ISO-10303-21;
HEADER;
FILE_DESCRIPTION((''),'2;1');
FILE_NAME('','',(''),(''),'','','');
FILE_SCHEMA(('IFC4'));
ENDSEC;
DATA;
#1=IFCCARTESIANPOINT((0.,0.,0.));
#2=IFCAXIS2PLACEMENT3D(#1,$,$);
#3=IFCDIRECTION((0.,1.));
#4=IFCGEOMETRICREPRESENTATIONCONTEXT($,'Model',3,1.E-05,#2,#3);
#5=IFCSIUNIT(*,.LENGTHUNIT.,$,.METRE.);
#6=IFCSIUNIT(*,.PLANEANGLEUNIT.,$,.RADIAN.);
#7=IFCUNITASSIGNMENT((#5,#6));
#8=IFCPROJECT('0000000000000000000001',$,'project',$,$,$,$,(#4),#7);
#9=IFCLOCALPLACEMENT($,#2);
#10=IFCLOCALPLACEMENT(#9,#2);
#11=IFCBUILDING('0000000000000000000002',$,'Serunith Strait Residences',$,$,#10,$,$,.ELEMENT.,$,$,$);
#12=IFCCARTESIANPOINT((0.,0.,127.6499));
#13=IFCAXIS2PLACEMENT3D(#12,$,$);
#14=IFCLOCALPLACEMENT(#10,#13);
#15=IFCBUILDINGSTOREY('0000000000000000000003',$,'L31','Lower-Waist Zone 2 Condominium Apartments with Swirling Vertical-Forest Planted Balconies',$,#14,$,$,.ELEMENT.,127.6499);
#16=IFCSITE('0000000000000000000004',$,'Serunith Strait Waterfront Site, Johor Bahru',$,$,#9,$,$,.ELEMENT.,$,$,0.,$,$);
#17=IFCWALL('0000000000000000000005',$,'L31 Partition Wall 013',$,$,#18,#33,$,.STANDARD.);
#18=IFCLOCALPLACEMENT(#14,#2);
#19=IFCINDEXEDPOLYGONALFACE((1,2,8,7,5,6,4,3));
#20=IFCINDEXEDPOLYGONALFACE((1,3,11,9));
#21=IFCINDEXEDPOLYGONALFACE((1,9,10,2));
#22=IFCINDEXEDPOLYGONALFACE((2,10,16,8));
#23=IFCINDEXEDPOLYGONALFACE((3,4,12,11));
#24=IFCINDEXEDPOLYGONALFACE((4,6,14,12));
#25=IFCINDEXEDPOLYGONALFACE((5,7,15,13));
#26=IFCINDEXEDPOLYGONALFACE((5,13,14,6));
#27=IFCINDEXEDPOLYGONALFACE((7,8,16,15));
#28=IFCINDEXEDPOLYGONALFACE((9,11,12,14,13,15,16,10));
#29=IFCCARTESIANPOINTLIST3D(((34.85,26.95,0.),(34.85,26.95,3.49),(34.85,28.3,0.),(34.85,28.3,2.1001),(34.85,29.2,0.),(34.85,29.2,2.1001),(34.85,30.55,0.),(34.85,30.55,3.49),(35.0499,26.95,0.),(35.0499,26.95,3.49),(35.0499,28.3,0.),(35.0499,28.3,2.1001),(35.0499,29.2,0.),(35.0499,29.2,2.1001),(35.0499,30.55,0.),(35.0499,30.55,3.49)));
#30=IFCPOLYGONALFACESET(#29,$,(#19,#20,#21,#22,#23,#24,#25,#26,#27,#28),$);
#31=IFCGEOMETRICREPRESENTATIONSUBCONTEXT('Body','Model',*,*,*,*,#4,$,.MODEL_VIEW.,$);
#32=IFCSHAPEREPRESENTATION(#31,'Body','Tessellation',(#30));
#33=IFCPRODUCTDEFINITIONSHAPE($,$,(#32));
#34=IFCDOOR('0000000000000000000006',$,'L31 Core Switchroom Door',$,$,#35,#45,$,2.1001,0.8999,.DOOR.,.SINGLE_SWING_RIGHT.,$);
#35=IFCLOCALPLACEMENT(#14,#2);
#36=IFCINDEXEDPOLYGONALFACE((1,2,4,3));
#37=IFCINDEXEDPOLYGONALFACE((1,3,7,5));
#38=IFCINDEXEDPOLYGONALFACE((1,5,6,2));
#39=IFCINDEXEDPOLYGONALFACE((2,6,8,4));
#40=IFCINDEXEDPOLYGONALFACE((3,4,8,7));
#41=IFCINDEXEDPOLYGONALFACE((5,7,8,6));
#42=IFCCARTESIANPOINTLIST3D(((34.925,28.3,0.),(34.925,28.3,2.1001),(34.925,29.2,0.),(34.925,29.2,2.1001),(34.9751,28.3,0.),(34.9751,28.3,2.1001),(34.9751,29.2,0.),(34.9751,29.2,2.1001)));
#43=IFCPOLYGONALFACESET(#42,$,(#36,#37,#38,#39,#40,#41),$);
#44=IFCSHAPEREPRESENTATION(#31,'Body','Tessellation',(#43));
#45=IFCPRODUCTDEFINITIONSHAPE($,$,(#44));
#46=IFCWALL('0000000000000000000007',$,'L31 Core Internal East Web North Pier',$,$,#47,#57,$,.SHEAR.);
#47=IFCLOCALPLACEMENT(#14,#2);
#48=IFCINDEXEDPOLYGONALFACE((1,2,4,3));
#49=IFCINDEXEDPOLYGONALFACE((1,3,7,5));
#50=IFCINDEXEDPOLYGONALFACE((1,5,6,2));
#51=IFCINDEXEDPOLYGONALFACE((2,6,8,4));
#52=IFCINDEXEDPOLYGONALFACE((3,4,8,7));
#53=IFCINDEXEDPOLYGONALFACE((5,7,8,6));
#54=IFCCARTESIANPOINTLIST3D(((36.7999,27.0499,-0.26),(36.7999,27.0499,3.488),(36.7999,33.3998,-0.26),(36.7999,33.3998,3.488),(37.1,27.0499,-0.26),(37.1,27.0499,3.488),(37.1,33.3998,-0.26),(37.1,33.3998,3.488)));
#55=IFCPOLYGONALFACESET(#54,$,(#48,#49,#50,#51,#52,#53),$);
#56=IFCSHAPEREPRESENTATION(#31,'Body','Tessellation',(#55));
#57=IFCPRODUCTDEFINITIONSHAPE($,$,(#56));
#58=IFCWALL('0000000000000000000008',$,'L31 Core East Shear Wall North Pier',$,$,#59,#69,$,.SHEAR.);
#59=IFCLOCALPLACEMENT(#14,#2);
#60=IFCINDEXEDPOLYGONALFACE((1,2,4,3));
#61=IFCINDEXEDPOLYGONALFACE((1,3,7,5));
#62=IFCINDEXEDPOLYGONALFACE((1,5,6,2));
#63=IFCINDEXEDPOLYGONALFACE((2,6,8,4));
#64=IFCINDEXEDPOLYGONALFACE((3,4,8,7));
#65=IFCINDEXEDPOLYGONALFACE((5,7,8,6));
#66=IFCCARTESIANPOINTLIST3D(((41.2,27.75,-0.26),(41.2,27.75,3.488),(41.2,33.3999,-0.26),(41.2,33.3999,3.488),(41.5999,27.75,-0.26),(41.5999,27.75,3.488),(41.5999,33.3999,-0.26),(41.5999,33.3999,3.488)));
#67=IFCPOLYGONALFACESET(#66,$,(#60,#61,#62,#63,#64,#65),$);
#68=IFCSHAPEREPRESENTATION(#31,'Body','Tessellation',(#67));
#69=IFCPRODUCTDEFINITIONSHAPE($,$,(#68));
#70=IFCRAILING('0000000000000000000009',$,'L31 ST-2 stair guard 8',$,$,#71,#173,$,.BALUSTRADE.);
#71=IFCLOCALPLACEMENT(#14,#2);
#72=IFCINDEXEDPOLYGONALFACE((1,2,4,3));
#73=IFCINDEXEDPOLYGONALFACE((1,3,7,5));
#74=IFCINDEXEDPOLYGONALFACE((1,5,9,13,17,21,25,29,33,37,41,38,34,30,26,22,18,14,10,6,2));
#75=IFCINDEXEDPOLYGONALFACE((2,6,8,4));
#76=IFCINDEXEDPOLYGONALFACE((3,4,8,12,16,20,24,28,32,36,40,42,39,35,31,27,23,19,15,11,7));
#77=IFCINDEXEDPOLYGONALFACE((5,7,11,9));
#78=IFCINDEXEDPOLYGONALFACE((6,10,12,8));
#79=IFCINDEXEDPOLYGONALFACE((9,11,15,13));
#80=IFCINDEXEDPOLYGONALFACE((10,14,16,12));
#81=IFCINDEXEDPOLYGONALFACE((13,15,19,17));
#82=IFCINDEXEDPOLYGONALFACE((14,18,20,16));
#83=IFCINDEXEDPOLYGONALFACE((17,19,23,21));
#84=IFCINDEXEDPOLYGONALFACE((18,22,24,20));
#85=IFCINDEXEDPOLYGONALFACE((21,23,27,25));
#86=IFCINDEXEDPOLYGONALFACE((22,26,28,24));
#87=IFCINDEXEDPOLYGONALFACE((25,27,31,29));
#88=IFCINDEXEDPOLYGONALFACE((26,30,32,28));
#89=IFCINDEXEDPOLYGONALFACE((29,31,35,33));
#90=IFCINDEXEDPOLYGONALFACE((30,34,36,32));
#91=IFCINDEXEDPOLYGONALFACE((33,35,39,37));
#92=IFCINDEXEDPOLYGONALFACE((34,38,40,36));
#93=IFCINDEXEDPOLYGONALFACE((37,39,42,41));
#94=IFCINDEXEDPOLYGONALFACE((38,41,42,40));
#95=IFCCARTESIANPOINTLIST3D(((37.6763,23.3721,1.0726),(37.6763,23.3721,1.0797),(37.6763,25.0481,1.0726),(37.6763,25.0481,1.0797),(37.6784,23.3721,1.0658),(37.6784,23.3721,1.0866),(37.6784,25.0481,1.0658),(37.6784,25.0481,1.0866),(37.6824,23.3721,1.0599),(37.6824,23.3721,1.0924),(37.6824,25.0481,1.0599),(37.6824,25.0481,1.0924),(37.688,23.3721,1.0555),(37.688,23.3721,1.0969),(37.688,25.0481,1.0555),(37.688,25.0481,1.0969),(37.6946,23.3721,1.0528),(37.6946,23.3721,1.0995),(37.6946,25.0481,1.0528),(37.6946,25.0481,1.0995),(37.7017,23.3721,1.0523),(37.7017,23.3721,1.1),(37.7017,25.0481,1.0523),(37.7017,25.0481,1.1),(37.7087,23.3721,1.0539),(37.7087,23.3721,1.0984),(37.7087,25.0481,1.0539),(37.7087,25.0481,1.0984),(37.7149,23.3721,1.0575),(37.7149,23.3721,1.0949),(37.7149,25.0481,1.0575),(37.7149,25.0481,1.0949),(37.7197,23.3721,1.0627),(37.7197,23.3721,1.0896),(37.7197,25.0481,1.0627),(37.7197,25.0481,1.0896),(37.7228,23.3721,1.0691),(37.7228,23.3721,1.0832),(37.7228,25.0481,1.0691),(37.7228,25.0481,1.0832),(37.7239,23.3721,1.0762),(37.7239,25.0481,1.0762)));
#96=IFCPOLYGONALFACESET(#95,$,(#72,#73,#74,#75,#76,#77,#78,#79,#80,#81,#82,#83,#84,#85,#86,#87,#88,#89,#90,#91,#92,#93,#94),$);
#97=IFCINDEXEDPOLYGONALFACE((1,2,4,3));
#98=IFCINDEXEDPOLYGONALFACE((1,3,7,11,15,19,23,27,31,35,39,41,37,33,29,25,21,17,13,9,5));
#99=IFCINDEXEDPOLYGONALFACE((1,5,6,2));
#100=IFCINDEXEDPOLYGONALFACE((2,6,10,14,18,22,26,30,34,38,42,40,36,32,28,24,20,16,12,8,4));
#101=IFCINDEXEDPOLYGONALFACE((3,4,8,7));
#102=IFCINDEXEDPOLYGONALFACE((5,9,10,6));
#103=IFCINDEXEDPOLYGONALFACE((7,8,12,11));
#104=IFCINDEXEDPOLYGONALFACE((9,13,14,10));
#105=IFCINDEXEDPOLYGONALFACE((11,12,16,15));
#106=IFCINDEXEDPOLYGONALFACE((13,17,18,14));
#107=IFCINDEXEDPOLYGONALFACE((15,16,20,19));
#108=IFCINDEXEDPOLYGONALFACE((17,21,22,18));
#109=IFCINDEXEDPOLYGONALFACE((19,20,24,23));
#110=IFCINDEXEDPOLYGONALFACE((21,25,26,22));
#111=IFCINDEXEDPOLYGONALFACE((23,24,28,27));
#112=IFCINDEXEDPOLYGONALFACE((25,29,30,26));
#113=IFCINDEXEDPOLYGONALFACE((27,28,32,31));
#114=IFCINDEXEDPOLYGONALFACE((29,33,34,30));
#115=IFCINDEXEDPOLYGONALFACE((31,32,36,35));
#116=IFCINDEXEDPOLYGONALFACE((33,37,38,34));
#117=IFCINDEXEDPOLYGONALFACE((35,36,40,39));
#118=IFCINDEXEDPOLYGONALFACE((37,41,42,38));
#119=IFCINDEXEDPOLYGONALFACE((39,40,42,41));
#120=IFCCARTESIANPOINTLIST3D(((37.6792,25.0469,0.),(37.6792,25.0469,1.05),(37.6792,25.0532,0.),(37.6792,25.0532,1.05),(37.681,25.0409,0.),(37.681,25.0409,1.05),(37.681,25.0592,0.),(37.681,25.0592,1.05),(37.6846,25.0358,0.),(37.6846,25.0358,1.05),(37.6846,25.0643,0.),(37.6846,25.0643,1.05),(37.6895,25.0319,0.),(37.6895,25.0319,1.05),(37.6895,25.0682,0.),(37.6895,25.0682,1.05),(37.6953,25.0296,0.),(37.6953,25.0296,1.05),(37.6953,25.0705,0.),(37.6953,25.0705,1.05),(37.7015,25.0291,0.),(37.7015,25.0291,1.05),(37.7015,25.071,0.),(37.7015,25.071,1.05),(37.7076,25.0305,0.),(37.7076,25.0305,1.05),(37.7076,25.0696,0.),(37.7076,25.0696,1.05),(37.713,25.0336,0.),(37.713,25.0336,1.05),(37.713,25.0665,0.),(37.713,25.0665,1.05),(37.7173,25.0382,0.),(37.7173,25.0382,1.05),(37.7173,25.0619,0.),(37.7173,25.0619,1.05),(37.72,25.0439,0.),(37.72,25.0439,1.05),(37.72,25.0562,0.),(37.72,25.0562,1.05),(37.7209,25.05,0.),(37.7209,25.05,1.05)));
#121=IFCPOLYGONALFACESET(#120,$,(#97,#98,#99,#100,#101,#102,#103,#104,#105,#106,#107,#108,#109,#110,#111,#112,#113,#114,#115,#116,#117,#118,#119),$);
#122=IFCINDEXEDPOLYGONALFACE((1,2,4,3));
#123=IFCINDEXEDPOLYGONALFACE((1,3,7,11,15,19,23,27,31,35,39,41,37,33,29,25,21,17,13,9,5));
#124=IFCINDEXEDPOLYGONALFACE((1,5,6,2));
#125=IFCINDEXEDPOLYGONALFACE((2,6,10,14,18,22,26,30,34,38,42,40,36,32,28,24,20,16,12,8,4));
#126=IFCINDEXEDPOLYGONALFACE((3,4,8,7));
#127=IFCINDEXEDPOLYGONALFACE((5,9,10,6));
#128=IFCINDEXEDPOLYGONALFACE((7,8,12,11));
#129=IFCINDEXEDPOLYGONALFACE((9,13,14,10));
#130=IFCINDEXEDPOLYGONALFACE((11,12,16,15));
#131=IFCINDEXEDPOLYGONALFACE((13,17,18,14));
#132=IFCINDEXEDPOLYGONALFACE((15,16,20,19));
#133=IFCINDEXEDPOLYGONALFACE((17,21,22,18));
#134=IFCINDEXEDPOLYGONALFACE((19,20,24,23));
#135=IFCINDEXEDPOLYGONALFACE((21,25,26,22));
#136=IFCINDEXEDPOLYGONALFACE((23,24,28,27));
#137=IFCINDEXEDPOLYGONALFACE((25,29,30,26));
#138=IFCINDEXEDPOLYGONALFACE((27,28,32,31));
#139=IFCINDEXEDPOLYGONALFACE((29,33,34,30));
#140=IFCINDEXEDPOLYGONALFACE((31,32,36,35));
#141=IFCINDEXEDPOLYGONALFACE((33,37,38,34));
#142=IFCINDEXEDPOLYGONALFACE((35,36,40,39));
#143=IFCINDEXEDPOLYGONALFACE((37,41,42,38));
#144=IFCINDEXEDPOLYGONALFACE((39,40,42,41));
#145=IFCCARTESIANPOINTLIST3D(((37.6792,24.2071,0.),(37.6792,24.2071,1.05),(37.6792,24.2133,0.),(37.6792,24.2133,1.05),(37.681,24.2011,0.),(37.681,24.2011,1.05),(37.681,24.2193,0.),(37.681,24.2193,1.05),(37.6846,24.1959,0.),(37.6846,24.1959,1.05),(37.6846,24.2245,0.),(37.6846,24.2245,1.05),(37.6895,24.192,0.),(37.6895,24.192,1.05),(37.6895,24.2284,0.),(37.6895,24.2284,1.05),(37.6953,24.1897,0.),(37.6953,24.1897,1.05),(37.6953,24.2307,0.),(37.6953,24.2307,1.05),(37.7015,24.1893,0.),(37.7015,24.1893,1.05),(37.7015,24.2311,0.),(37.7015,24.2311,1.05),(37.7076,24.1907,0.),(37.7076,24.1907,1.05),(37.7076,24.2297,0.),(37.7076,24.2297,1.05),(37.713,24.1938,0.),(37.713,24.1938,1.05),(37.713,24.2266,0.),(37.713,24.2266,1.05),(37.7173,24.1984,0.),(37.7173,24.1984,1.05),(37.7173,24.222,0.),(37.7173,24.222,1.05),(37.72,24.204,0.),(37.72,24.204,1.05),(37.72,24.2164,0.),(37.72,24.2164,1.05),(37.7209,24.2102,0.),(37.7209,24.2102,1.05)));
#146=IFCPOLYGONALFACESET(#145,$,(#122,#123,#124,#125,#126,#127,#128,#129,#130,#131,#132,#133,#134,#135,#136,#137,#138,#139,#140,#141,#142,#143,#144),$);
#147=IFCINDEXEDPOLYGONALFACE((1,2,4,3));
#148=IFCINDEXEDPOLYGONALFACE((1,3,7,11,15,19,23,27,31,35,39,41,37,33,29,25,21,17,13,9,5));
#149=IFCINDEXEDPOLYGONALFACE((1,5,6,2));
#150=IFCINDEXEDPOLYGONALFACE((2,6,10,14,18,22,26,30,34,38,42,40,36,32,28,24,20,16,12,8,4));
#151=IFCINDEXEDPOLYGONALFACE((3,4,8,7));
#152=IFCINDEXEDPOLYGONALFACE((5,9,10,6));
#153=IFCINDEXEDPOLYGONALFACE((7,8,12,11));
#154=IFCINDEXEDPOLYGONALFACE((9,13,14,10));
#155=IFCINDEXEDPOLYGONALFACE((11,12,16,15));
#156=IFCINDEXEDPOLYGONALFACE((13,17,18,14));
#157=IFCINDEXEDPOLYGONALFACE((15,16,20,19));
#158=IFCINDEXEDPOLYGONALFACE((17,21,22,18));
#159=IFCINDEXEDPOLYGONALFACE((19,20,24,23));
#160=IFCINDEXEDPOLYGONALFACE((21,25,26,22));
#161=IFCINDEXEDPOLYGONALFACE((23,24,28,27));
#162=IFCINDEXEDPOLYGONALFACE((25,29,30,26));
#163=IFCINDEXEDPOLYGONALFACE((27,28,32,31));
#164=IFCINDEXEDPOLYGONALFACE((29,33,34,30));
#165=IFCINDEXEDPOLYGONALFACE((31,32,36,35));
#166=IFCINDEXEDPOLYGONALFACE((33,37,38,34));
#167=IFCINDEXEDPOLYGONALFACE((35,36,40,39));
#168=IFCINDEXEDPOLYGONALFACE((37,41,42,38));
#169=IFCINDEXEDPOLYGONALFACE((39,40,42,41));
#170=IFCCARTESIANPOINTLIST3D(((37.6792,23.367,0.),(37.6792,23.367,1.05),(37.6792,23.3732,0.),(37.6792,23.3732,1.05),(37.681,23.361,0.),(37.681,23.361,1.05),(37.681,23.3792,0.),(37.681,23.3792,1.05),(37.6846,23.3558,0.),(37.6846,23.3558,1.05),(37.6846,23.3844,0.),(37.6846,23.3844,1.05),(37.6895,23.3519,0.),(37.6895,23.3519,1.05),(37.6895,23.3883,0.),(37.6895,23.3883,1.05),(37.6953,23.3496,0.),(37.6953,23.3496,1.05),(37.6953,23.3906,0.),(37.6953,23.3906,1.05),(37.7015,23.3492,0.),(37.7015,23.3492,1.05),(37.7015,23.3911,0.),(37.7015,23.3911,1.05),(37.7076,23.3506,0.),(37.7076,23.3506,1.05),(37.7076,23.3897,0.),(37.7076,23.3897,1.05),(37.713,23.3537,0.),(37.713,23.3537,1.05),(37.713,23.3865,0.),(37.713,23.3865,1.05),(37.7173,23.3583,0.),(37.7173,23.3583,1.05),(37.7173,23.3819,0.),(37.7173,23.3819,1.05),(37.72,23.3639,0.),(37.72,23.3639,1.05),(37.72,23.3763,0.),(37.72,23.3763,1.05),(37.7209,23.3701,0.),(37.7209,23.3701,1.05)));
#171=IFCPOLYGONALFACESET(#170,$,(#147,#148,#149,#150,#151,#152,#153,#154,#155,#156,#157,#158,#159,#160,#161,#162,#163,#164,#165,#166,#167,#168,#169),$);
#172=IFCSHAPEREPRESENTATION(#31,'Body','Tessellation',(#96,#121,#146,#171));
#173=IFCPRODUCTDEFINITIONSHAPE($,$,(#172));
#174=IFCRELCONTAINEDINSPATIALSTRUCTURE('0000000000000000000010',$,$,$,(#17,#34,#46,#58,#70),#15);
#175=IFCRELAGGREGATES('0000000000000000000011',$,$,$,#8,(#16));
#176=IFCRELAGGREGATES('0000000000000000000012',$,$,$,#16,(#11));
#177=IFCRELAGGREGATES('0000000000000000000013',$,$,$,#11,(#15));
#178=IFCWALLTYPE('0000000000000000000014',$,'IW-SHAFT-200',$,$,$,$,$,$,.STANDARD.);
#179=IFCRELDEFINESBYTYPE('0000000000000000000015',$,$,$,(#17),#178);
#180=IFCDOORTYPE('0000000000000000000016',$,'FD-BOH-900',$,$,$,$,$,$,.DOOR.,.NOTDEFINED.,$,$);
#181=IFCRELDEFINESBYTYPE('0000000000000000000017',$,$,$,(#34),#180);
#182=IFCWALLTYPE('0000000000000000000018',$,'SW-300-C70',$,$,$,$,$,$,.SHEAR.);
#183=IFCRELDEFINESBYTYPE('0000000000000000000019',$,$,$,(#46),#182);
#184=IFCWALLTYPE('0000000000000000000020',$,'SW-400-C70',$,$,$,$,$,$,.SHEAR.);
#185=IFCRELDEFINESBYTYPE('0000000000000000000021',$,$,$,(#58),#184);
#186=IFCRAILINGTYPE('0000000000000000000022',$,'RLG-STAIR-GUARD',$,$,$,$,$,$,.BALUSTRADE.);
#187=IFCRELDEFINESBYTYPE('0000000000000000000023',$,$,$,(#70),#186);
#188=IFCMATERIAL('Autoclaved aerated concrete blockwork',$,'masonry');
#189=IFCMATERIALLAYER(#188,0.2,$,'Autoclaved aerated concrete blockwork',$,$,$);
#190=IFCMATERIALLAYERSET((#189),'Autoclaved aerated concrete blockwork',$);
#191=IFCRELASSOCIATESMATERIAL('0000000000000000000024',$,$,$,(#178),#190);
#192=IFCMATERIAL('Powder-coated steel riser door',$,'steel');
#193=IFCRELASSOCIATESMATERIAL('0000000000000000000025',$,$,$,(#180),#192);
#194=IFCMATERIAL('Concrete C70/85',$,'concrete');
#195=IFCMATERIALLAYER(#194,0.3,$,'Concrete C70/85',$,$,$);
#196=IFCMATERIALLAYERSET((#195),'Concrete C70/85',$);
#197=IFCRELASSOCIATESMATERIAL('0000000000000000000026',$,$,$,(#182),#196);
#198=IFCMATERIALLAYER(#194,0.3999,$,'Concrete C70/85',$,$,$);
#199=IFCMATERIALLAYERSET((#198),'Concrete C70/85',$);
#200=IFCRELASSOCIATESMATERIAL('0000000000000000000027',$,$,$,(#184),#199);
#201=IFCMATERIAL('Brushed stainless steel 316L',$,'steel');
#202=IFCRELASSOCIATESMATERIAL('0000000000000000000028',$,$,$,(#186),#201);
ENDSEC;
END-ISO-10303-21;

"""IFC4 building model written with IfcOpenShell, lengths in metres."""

from ifc_helpers import new_model, si_unit, direction, frame, frame_2d, origin, origin_2d, place, context, subcontext, project, spatial, rectangle, circle, extrude, source, transform, mapped, material, layer, layer_set, type_object, element, fill, save


model = new_model("IFC4")

# Units and contexts
model_context = context("Model", 3, precision=1e-05, world=origin(), true_north=direction((0.0, 1.0)))
body_context = subcontext(model_context, "Body", "Model", "MODEL_VIEW")
ifc_project = project(units=[si_unit("LENGTHUNIT", "METRE"), si_unit("PLANEANGLEUNIT", "RADIAN")], contexts=[model_context])

# Site, building, storey
site_placement = place(None, origin())
site = spatial("IfcSite", under=ifc_project, at=site_placement, Name="Serunith Strait Waterfront Site, Johor Bahru", CompositionType="ELEMENT", RefElevation=0.0)
building_placement = place(site_placement, origin())
building = spatial("IfcBuilding", under=site, at=building_placement, Name="Serunith Strait Residences", CompositionType="ELEMENT")
storey_placement = place(building_placement, frame((0.0, 0.0, 127.6499)))
storey = spatial("IfcBuildingStorey", under=building, at=storey_placement, Name="L31", Description="Lower-Waist Zone 2 Condominium Apartments with Swirling Vertical-Forest Planted Balconies", CompositionType="ELEMENT", Elevation=127.6499)

# Shared definitions
ifc_material_1 = material(Name="Autoclaved aerated concrete blockwork", Category="masonry")
ifc_layer_1 = layer(ifc_material_1, 0.2, Name="Autoclaved aerated concrete blockwork")
ifc_layer_set_1 = layer_set([ifc_layer_1], Name="Autoclaved aerated concrete blockwork")
wall_type_1 = type_object("IfcWallType", Name="IW-SHAFT-200", PredefinedType="STANDARD", material=ifc_layer_set_1)

# Wall, opening, door
wall_1_placement = place(storey_placement, frame((34.95, 26.95, 0.0), z_axis=(0.0, 0.0, 1.0), x_axis=(0.0, 1.0, 0.0)))
wall_1 = element("IfcWall", 1, at=wall_1_placement, inside=storey, type_object=wall_type_1, Name="L31 Partition Wall 013", PredefinedType="STANDARD", context=body_context, shape_type="SweptSolid", body=[
    extrude(rectangle(XDim=3.6001, YDim=0.2, at=frame_2d((1.8, 0.0))), origin(), (0.0, 0.0, 1.0), 3.49),
])
opening_1_placement = place(wall_1_placement, frame((1.3501, 0.0, 0.0)))
opening_1 = element("IfcOpeningElement", 2, at=opening_1_placement, cuts=wall_1, PredefinedType="OPENING", context=body_context, shape_type="SweptSolid", body=[
    extrude(rectangle(XDim=0.8999, YDim=2.1001, at=frame_2d((0.45, 1.05))), frame((0.0, 0.1099, 0.0), z_axis=(0.0, -1.0, 0.0), x_axis=(1.0, 0.0, 0.0)), (0.0, 0.0, 1.0), 0.22),
])
ifc_material_2 = material(Name="Powder-coated steel riser door", Category="steel")
door_type_1 = type_object("IfcDoorType", Name="FD-BOH-900", OperationType="NOTDEFINED", PredefinedType="DOOR", material=ifc_material_2)
shared_shape_1 = source(origin(), body_context, "Body", "SweptSolid", [
    extrude(rectangle(XDim=0.8999, YDim=2.1001, at=frame_2d((0.45, 1.05))), frame((0.0, 0.0249, 0.0), z_axis=(0.0, -1.0, 0.0), x_axis=(1.0, 0.0, 0.0)), (0.0, 0.0, 1.0), 0.05),
])
door_1_placement = place(opening_1_placement, origin())
door_1 = element("IfcDoor", 3, at=door_1_placement, inside=storey, type_object=door_type_1, Name="L31 Core Switchroom Door", OperationType="SINGLE_SWING_RIGHT", OverallHeight=2.1001, OverallWidth=0.8999, PredefinedType="DOOR", context=body_context, shape_type="MappedRepresentation", body=[
    mapped(shared_shape_1, transform((0.0, 0.0, 0.0), scale=1.0)),
])
fill(opening_1, door_1)

# Walls
ifc_material_3 = material(Name="Concrete C70/85", Category="concrete")
ifc_layer_2 = layer(ifc_material_3, 0.3, Name="Concrete C70/85")
ifc_layer_set_2 = layer_set([ifc_layer_2], Name="Concrete C70/85")
wall_type_2 = type_object("IfcWallType", Name="SW-300-C70", PredefinedType="SHEAR", material=ifc_layer_set_2)
wall_2_placement = place(storey_placement, frame((36.95, 27.05, -0.26), z_axis=(0.0, 0.0, 1.0), x_axis=(0.0, 1.0, 0.0)))
element("IfcWall", 4, at=wall_2_placement, inside=storey, type_object=wall_type_2, Name="L31 Core Internal East Web North Pier", PredefinedType="SHEAR", context=body_context, shape_type="SweptSolid", body=[
    extrude(rectangle(XDim=6.3499, YDim=0.3, at=frame_2d((3.1748, 0.0))), origin(), (0.0, 0.0, 1.0), 3.748),
])
ifc_layer_3 = layer(ifc_material_3, 0.3999, Name="Concrete C70/85")
ifc_layer_set_3 = layer_set([ifc_layer_3], Name="Concrete C70/85")
wall_type_3 = type_object("IfcWallType", Name="SW-400-C70", PredefinedType="SHEAR", material=ifc_layer_set_3)
wall_3_placement = place(storey_placement, frame((41.3999, 27.75, -0.26), z_axis=(0.0, 0.0, 1.0), x_axis=(0.0, 1.0, 0.0)))
element("IfcWall", 5, at=wall_3_placement, inside=storey, type_object=wall_type_3, Name="L31 Core East Shear Wall North Pier", PredefinedType="SHEAR", context=body_context, shape_type="SweptSolid", body=[
    extrude(rectangle(XDim=5.6499, YDim=0.3999, at=frame_2d((2.825, 0.0))), origin(), (0.0, 0.0, 1.0), 3.748),
])

# Railing
ifc_material_4 = material(Name="Brushed stainless steel 316L", Category="steel")
railing_type = type_object("IfcRailingType", Name="RLG-STAIR-GUARD", PredefinedType="BALUSTRADE", material=ifc_material_4)
for number, where, name in (
    (6, (37.7, 25.05, 0.0), "L31 ST-2 stair guard 8"),
):
    element("IfcRailing", number, at=place(storey_placement, frame(where)), inside=storey, type_object=railing_type, Name=name, PredefinedType="BALUSTRADE", context=body_context, shape_type="SweptSolid", body=[
        extrude(circle(Radius=0.0239, at=origin_2d()), frame((0.0, -0.002, 1.0762), z_axis=(0.0, -1.0, 0.0), x_axis=(1.0, 0.0, 0.0)), (0.0, 0.0, 1.0), 1.676),
        extrude(circle(Radius=0.021, at=origin_2d()), origin(), (0.0, 0.0, 1.0), 1.05),
        extrude(circle(Radius=0.021, at=origin_2d()), frame((0.0, -0.8398, 0.0)), (0.0, 0.0, 1.0), 1.05),
        extrude(circle(Radius=0.021, at=origin_2d()), frame((0.0, -1.6799, 0.0)), (0.0, 0.0, 1.0), 1.05),
    ])

save(model, "model.ifc")
